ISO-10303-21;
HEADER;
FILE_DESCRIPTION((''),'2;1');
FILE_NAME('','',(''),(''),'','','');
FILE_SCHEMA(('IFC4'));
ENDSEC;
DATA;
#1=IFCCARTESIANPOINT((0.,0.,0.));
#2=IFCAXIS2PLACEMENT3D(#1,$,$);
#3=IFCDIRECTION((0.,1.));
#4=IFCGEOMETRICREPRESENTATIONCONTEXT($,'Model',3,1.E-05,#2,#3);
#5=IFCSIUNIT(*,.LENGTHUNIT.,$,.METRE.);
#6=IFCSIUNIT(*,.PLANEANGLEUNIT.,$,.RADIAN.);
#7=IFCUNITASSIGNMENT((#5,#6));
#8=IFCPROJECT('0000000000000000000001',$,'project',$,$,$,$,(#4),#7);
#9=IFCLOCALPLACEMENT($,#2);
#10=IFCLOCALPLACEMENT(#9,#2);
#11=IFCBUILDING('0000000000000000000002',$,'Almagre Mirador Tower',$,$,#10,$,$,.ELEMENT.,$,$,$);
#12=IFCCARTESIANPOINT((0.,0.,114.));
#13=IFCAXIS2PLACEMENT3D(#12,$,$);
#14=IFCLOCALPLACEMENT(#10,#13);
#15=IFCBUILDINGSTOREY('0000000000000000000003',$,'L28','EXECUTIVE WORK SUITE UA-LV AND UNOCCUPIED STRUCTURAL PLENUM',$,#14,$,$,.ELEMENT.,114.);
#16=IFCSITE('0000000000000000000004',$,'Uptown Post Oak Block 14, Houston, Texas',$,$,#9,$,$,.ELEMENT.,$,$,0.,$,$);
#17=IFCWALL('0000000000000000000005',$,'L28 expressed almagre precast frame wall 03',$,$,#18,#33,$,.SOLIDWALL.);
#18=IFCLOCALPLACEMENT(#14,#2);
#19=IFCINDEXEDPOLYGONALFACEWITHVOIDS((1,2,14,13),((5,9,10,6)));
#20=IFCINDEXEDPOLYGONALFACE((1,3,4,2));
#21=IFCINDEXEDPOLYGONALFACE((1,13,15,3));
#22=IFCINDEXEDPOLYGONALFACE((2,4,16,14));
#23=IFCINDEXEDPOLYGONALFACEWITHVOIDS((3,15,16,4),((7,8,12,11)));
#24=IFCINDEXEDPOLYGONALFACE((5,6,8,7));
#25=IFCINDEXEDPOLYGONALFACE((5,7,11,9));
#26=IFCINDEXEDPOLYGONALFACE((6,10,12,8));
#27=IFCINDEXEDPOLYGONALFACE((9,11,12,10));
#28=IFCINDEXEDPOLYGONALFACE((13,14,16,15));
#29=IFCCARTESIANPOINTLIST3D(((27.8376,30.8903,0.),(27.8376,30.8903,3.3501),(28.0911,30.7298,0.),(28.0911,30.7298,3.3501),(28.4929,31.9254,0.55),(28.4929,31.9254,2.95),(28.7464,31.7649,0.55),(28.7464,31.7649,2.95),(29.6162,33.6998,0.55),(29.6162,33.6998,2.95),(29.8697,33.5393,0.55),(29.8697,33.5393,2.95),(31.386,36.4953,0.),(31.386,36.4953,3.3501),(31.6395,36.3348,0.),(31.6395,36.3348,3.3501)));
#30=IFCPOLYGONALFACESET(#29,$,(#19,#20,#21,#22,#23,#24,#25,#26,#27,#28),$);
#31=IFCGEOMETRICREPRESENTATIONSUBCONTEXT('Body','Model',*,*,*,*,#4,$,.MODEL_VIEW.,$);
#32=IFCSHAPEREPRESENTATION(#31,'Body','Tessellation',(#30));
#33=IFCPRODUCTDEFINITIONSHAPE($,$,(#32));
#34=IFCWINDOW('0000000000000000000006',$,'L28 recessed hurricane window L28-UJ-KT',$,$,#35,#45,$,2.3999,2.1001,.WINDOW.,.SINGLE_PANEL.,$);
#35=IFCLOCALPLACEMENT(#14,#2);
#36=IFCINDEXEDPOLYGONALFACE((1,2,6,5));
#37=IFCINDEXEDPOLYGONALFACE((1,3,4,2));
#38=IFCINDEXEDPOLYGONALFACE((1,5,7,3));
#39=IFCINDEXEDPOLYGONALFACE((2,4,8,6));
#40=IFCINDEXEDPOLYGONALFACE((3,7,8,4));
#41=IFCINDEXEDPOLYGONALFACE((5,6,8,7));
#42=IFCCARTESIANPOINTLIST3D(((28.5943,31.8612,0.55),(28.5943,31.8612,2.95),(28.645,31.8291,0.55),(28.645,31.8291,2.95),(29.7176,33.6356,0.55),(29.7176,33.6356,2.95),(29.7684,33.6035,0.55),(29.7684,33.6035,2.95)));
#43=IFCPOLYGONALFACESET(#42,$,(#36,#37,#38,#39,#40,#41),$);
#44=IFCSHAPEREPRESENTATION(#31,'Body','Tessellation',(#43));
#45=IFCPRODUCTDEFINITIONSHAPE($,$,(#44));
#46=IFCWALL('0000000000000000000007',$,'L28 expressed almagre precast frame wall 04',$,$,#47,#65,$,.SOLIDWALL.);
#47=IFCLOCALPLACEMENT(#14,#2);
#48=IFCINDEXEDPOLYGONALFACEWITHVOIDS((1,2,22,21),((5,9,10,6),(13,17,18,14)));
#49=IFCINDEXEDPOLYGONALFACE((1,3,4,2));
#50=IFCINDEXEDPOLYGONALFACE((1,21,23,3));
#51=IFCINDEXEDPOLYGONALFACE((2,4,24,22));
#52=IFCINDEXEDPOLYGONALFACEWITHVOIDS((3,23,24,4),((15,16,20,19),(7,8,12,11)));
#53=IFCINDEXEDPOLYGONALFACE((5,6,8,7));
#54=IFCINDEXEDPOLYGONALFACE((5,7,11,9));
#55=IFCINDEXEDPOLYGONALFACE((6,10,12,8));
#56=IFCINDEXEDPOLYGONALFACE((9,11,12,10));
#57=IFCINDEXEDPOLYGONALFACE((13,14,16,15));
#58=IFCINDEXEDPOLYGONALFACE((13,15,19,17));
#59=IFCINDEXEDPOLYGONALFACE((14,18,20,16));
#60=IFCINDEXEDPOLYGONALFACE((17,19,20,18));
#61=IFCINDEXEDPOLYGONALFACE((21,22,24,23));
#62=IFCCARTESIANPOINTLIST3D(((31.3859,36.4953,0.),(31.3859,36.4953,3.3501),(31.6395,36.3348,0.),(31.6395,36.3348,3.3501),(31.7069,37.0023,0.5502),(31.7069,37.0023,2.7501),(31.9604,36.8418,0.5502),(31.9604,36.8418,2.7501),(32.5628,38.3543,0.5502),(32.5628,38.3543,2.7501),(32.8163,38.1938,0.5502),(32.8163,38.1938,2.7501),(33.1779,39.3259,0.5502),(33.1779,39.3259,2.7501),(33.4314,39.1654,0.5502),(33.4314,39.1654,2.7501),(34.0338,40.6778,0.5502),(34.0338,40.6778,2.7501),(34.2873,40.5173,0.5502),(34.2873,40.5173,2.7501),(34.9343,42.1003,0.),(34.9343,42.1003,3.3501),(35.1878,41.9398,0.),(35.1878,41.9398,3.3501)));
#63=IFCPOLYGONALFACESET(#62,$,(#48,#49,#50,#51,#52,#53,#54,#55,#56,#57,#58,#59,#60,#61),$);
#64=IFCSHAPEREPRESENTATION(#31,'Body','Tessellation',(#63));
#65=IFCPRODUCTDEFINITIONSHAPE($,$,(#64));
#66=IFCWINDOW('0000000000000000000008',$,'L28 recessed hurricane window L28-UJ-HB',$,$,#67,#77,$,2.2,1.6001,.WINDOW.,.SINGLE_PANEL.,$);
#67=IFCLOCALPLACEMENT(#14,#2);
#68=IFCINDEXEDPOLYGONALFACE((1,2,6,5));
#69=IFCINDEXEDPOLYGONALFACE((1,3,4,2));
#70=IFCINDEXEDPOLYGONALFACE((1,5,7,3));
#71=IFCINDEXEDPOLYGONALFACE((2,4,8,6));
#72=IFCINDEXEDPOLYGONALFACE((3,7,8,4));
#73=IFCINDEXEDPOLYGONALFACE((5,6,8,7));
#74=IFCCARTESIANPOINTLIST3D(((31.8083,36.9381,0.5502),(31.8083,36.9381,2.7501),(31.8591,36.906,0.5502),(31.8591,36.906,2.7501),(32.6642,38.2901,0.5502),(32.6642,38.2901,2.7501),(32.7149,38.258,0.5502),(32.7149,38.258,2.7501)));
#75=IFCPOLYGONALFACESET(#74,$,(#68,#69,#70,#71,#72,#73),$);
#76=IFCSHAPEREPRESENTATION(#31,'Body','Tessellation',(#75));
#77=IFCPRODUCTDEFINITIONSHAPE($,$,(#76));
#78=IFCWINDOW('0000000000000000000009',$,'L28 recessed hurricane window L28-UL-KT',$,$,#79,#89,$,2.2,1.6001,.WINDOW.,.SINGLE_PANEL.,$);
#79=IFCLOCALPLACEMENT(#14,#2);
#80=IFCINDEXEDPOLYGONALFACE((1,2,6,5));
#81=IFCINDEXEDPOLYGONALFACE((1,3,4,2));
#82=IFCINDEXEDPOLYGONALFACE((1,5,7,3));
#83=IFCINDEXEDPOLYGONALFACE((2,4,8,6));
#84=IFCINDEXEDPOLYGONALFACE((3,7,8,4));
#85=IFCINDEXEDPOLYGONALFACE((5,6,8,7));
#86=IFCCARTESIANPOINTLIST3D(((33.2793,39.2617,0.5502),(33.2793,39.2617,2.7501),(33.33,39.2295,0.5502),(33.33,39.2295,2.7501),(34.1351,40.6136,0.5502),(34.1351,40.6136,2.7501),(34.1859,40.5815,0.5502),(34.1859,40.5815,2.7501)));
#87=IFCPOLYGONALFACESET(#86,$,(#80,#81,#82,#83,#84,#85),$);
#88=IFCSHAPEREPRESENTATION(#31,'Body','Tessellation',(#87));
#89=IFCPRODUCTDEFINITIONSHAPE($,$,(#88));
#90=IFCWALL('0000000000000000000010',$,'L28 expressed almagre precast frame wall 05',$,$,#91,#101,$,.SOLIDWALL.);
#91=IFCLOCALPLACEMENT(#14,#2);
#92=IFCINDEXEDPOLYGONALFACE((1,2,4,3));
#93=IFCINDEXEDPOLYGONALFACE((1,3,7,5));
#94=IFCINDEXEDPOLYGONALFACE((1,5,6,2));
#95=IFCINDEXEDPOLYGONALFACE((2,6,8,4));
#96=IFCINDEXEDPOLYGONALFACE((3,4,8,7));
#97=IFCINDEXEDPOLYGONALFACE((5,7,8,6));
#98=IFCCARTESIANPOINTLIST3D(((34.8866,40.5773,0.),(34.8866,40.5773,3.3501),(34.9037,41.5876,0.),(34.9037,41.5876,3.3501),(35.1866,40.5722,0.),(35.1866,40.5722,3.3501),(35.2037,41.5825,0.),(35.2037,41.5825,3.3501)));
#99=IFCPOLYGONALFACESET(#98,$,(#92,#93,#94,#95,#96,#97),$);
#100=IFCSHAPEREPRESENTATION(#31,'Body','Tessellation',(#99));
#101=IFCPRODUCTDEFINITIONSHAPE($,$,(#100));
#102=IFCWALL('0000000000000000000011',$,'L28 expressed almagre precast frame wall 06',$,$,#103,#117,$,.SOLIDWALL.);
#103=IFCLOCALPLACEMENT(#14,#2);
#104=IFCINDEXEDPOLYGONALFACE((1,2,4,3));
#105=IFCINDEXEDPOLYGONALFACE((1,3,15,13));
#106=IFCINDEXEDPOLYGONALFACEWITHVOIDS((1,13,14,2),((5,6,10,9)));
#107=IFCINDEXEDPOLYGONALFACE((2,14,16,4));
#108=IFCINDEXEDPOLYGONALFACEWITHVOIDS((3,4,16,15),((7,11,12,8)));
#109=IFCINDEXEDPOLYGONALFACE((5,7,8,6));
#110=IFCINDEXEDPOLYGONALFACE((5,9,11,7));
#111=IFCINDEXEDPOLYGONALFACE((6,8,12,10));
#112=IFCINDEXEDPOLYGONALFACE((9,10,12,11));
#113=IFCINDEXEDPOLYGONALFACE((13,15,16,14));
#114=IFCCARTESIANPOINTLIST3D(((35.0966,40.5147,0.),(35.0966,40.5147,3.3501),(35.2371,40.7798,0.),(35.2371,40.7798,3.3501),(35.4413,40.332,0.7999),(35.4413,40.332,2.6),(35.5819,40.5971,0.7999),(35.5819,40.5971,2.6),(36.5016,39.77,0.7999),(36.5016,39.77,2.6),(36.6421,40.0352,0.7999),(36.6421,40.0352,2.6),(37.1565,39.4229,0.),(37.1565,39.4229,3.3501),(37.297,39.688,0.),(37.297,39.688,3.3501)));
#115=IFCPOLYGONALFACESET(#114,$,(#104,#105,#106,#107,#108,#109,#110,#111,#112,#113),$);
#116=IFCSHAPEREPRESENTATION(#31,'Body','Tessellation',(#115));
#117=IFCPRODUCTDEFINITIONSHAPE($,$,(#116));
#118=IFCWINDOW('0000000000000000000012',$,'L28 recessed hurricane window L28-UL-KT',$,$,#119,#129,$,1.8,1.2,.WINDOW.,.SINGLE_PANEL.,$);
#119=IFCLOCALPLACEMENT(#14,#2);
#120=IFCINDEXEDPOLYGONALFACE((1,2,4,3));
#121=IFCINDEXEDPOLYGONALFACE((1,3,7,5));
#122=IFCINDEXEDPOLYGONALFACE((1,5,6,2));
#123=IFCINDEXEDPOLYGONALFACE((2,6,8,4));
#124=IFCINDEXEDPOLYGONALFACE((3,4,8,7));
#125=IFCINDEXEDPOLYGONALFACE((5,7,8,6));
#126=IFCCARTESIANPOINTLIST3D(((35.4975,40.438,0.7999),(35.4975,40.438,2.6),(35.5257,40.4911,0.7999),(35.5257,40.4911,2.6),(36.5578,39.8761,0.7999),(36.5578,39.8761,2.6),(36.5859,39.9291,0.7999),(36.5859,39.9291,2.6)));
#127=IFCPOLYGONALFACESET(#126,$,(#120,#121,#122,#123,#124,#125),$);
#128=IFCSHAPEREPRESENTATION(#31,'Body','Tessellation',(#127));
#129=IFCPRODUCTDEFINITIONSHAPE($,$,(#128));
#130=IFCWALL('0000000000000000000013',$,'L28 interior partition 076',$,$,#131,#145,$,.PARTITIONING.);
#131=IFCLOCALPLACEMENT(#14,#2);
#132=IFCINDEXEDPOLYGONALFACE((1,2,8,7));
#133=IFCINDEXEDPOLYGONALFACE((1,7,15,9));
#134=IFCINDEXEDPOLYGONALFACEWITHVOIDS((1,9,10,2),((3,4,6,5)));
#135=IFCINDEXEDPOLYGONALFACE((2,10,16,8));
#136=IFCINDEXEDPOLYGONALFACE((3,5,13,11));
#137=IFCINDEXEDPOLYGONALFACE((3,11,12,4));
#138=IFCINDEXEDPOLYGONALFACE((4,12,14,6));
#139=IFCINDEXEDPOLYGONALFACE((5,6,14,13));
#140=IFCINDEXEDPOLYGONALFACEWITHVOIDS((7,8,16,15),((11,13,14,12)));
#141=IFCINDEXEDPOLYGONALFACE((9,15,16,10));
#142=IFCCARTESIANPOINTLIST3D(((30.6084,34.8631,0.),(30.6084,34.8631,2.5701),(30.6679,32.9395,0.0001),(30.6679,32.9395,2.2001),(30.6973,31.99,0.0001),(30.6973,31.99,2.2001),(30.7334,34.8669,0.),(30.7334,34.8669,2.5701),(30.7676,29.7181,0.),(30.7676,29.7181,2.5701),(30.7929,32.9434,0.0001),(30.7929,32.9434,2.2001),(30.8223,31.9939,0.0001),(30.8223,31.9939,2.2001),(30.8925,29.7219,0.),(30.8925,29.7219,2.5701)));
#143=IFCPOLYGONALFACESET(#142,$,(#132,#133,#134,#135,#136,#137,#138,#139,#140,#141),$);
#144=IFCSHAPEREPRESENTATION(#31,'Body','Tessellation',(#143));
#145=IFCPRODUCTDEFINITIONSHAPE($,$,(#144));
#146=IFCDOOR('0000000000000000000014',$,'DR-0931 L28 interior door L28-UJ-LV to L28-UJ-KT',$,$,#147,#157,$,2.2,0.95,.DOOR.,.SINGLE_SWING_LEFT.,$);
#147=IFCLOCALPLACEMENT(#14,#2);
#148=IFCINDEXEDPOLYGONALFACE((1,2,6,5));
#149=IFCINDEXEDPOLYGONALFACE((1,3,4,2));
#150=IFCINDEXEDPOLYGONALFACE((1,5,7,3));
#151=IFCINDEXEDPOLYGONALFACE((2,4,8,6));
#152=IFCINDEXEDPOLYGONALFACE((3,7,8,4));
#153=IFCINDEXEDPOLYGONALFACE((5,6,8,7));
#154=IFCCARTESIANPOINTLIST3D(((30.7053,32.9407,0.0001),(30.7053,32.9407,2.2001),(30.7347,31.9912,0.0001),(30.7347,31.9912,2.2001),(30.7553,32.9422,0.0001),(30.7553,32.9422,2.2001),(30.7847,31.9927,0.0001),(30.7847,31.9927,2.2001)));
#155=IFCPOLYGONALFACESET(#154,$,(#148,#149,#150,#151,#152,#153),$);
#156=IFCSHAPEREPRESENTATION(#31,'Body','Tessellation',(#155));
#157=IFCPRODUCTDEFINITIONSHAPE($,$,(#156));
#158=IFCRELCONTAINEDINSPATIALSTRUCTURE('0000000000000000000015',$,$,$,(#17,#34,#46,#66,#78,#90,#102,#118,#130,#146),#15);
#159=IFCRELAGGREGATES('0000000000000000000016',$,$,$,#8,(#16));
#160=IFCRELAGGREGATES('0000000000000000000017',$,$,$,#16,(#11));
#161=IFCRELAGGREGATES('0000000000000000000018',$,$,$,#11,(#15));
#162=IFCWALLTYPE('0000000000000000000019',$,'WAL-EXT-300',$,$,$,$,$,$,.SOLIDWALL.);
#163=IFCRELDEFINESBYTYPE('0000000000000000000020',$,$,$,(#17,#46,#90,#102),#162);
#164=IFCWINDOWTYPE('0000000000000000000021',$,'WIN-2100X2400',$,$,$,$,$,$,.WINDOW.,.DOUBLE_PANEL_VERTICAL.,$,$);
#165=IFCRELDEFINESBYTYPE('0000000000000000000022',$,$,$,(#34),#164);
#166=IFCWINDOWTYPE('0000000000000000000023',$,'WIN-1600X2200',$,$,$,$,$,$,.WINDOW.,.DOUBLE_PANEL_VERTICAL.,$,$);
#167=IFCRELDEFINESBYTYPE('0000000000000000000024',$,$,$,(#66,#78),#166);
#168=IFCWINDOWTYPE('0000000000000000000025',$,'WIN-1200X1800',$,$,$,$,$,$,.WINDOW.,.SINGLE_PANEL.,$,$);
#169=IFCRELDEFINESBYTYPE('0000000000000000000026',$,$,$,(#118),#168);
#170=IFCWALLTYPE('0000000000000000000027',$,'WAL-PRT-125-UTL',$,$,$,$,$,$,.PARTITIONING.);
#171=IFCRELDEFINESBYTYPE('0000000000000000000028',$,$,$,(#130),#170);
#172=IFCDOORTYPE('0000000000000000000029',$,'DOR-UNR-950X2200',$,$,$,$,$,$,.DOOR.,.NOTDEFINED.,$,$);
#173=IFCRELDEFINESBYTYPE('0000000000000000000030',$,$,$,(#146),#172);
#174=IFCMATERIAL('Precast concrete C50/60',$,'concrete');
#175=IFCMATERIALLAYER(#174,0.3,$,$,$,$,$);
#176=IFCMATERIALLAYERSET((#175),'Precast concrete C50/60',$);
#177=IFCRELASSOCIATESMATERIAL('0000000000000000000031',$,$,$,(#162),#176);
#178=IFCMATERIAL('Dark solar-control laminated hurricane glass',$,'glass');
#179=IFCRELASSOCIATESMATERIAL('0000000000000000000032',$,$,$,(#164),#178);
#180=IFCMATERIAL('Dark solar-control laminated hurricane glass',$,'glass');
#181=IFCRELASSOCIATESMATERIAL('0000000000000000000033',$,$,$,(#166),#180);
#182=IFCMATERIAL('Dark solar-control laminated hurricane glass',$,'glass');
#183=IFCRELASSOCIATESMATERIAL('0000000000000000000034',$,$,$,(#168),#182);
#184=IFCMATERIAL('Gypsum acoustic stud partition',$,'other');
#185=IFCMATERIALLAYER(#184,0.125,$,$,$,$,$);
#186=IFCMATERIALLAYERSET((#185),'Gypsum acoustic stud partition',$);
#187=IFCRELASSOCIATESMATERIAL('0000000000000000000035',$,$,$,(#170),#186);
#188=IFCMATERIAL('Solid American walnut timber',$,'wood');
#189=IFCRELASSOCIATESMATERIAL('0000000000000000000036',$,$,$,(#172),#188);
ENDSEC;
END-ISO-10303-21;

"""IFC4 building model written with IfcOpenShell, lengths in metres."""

from ifc_helpers import new_model, si_unit, direction, frame, frame_2d, origin, place, context, subcontext, project, spatial, rectangle, extrude, material, layer, layer_set, type_object, element, fill, save


model = new_model("IFC4")

# Units and contexts
model_context = context("Model", 3, precision=1e-05, world=origin(), true_north=direction((0.0, 1.0)))
body_context = subcontext(model_context, "Body", "Model", "MODEL_VIEW")
ifc_project = project(units=[si_unit("LENGTHUNIT", "METRE"), si_unit("PLANEANGLEUNIT", "RADIAN")], contexts=[model_context])

# Site, building, storey
site_placement = place(None, origin())
site = spatial("IfcSite", under=ifc_project, at=site_placement, Name="Uptown Post Oak Block 14, Houston, Texas", CompositionType="ELEMENT", RefElevation=0.0)
building_placement = place(site_placement, origin())
building = spatial("IfcBuilding", under=site, at=building_placement, Name="Almagre Mirador Tower", CompositionType="ELEMENT")
storey_placement = place(building_placement, frame((0.0, 0.0, 114.0)))
storey = spatial("IfcBuildingStorey", under=building, at=storey_placement, Name="L28", Description="EXECUTIVE WORK SUITE UA-LV AND UNOCCUPIED STRUCTURAL PLENUM", CompositionType="ELEMENT", Elevation=114.0)

# Wall, opening, window
ifc_material_1 = material(Name="Precast concrete C50/60", Category="concrete")
ifc_layer_1 = layer(ifc_material_1, 0.3)
ifc_layer_set_1 = layer_set([ifc_layer_1], Name="Precast concrete C50/60")
wall_type_1 = type_object("IfcWallType", Name="WAL-EXT-300", PredefinedType="SOLIDWALL", material=ifc_layer_set_1)
wall_1_placement = place(storey_placement, frame((27.9644, 30.8101, 0.0), z_axis=(0.0, 0.0, 1.0), x_axis=(0.534893, 0.84492, 0.0)))
wall_1 = element("IfcWall", 1, at=wall_1_placement, inside=storey, type_object=wall_type_1, Name="L28 expressed almagre precast frame wall 03", PredefinedType="SOLIDWALL", context=body_context, shape_type="SweptSolid", body=[
    extrude(rectangle(XDim=6.6338, YDim=0.3, at=frame_2d((3.3169, 0.0))), origin(), (0.0, 0.0, 1.0), 3.3501),
])
opening_1_placement = place(wall_1_placement, frame((1.2251, 0.0, 0.55)))
opening_1 = element("IfcOpeningElement", 2, at=opening_1_placement, cuts=wall_1, PredefinedType="OPENING", context=body_context, shape_type="SweptSolid", body=[
    extrude(rectangle(XDim=2.1001, YDim=2.3999, at=frame_2d((1.05, 1.2))), frame((0.0, 0.1599, 0.0), z_axis=(0.0, -1.0, 0.0), x_axis=(1.0, 0.0, 0.0)), (0.0, 0.0, 1.0), 0.32),
])
ifc_material_2 = material(Name="Dark solar-control laminated hurricane glass", Category="glass")
window_type_1 = type_object("IfcWindowType", Name="WIN-2100X2400", PartitioningType="DOUBLE_PANEL_VERTICAL", PredefinedType="WINDOW", material=ifc_material_2)
window_1_placement = place(opening_1_placement, origin())
window_1 = element("IfcWindow", 3, at=window_1_placement, inside=storey, type_object=window_type_1, Name="L28 recessed hurricane window L28-UJ-KT", OverallHeight=2.3999, OverallWidth=2.1001, PartitioningType="SINGLE_PANEL", PredefinedType="WINDOW", context=body_context, shape_type="SweptSolid", body=[
    extrude(rectangle(XDim=2.1001, YDim=2.3999, at=frame_2d((1.05, 1.2))), frame((0.0, 0.03, 0.0), z_axis=(0.0, -1.0, 0.0), x_axis=(1.0, 0.0, 0.0)), (0.0, 0.0, 1.0), 0.0601),
])
fill(opening_1, window_1)

# Wall, openings, windows
wall_2_placement = place(storey_placement, frame((31.5127, 36.415, 0.0), z_axis=(0.0, 0.0, 1.0), x_axis=(0.534893, 0.84492, 0.0)))
wall_2 = element("IfcWall", 4, at=wall_2_placement, inside=storey, type_object=wall_type_1, Name="L28 expressed almagre precast frame wall 04", PredefinedType="SOLIDWALL", context=body_context, shape_type="SweptSolid", body=[
    extrude(rectangle(XDim=6.6338, YDim=0.3, at=frame_2d((3.3169, 0.0))), origin(), (0.0, 0.0, 1.0), 3.3501),
])
opening_2_placement = place(wall_2_placement, frame((0.6001, 0.0, 0.55)))
opening_2 = element("IfcOpeningElement", 5, at=opening_2_placement, cuts=wall_2, PredefinedType="OPENING", context=body_context, shape_type="SweptSolid", body=[
    extrude(rectangle(XDim=1.6001, YDim=2.2, at=frame_2d((0.8, 1.1001))), frame((0.0, 0.1599, 0.0), z_axis=(0.0, -1.0, 0.0), x_axis=(1.0, 0.0, 0.0)), (0.0, 0.0, 1.0), 0.32),
])
opening_3_placement = place(wall_2_placement, frame((3.3501, 0.0, 0.55)))
opening_3 = element("IfcOpeningElement", 6, at=opening_3_placement, cuts=wall_2, PredefinedType="OPENING", context=body_context, shape_type="SweptSolid", body=[
    extrude(rectangle(XDim=1.6001, YDim=2.2, at=frame_2d((0.8, 1.1001))), frame((0.0, 0.1599, 0.0), z_axis=(0.0, -1.0, 0.0), x_axis=(1.0, 0.0, 0.0)), (0.0, 0.0, 1.0), 0.32),
])
ifc_material_3 = material(Name="Dark solar-control laminated hurricane glass", Category="glass")
window_type_2 = type_object("IfcWindowType", Name="WIN-1600X2200", PartitioningType="DOUBLE_PANEL_VERTICAL", PredefinedType="WINDOW", material=ifc_material_3)
window_2_placement = place(opening_2_placement, origin())
window_2 = element("IfcWindow", 7, at=window_2_placement, inside=storey, type_object=window_type_2, Name="L28 recessed hurricane window L28-UJ-HB", OverallHeight=2.2, OverallWidth=1.6001, PartitioningType="SINGLE_PANEL", PredefinedType="WINDOW", context=body_context, shape_type="SweptSolid", body=[
    extrude(rectangle(XDim=1.6001, YDim=2.2, at=frame_2d((0.8, 1.1001))), frame((0.0, 0.03, 0.0), z_axis=(0.0, -1.0, 0.0), x_axis=(1.0, 0.0, 0.0)), (0.0, 0.0, 1.0), 0.0601),
])
fill(opening_2, window_2)
window_3_placement = place(opening_3_placement, origin())
window_3 = element("IfcWindow", 8, at=window_3_placement, inside=storey, type_object=window_type_2, Name="L28 recessed hurricane window L28-UL-KT", OverallHeight=2.2, OverallWidth=1.6001, PartitioningType="SINGLE_PANEL", PredefinedType="WINDOW", context=body_context, shape_type="SweptSolid", body=[
    extrude(rectangle(XDim=1.6001, YDim=2.2, at=frame_2d((0.8, 1.1001))), frame((0.0, 0.03, 0.0), z_axis=(0.0, -1.0, 0.0), x_axis=(1.0, 0.0, 0.0)), (0.0, 0.0, 1.0), 0.0601),
])
fill(opening_3, window_3)

# Wall
wall_3_placement = place(storey_placement, frame((35.0537, 41.5852, 0.0), z_axis=(0.0, 0.0, 1.0), x_axis=(-0.016914, -0.999857, 0.0)))
element("IfcWall", 9, at=wall_3_placement, inside=storey, type_object=wall_type_1, Name="L28 expressed almagre precast frame wall 05", PredefinedType="SOLIDWALL", context=body_context, shape_type="SweptSolid", body=[
    extrude(rectangle(XDim=1.0105, YDim=0.3, at=frame_2d((0.5054, 0.0))), origin(), (0.0, 0.0, 1.0), 3.3501),
])

# Wall, opening, window
wall_4_placement = place(storey_placement, frame((35.167, 40.6472, 0.0), z_axis=(0.0, 0.0, 1.0), x_axis=(0.883556, -0.468326, 0.0)))
wall_4 = element("IfcWall", 10, at=wall_4_placement, inside=storey, type_object=wall_type_1, Name="L28 expressed almagre precast frame wall 06", PredefinedType="SOLIDWALL", context=body_context, shape_type="SweptSolid", body=[
    extrude(rectangle(XDim=2.3313, YDim=0.3, at=frame_2d((1.1655, 0.0))), origin(), (0.0, 0.0, 1.0), 3.3501),
])
opening_4_placement = place(wall_4_placement, frame((0.3899, 0.0, 0.8)))
opening_4 = element("IfcOpeningElement", 11, at=opening_4_placement, cuts=wall_4, PredefinedType="OPENING", context=body_context, shape_type="SweptSolid", body=[
    extrude(rectangle(XDim=1.2, YDim=1.8, at=frame_2d((0.6001, 0.8999))), frame((0.0, 0.1599, 0.0), z_axis=(0.0, -1.0, 0.0), x_axis=(1.0, 0.0, 0.0)), (0.0, 0.0, 1.0), 0.32),
])
ifc_material_4 = material(Name="Dark solar-control laminated hurricane glass", Category="glass")
window_type_3 = type_object("IfcWindowType", Name="WIN-1200X1800", PartitioningType="SINGLE_PANEL", PredefinedType="WINDOW", material=ifc_material_4)
window_4_placement = place(opening_4_placement, origin())
window_4 = element("IfcWindow", 12, at=window_4_placement, inside=storey, type_object=window_type_3, Name="L28 recessed hurricane window L28-UL-KT", OverallHeight=1.8, OverallWidth=1.2, PartitioningType="SINGLE_PANEL", PredefinedType="WINDOW", context=body_context, shape_type="SweptSolid", body=[
    extrude(rectangle(XDim=1.2, YDim=1.8, at=frame_2d((0.6001, 0.8999))), frame((0.0, 0.03, 0.0), z_axis=(0.0, -1.0, 0.0), x_axis=(1.0, 0.0, 0.0)), (0.0, 0.0, 1.0), 0.0601),
])
fill(opening_4, window_4)

# Wall, opening, door
ifc_material_5 = material(Name="Gypsum acoustic stud partition", Category="other")
ifc_layer_2 = layer(ifc_material_5, 0.125)
ifc_layer_set_2 = layer_set([ifc_layer_2], Name="Gypsum acoustic stud partition")
wall_type_2 = type_object("IfcWallType", Name="WAL-PRT-125-UTL", PredefinedType="PARTITIONING", material=ifc_layer_set_2)
wall_5_placement = place(storey_placement, frame((30.6709, 34.865, 0.0), z_axis=(0.0, 0.0, 1.0), x_axis=(0.030924, -0.999522, 0.0)))
wall_5 = element("IfcWall", 13, at=wall_5_placement, inside=storey, type_object=wall_type_2, Name="L28 interior partition 076", PredefinedType="PARTITIONING", context=body_context, shape_type="SweptSolid", body=[
    extrude(rectangle(XDim=5.1475, YDim=0.125, at=frame_2d((2.5737, 0.0))), origin(), (0.0, 0.0, 1.0), 2.5701),
])
opening_5_placement = place(wall_5_placement, frame((1.9243, 0.0, 0.0)))
opening_5 = element("IfcOpeningElement", 14, at=opening_5_placement, cuts=wall_5, PredefinedType="OPENING", context=body_context, shape_type="SweptSolid", body=[
    extrude(rectangle(XDim=0.95, YDim=2.2, at=frame_2d((0.4751, 1.1001))), frame((0.0, 0.0725, 0.0), z_axis=(0.0, -1.0, 0.0), x_axis=(1.0, 0.0, 0.0)), (0.0, 0.0, 1.0), 0.145),
])
ifc_material_6 = material(Name="Solid American walnut timber", Category="wood")
door_type = type_object("IfcDoorType", Name="DOR-UNR-950X2200", OperationType="NOTDEFINED", PredefinedType="DOOR", material=ifc_material_6)
door_placement = place(opening_5_placement, origin())
door = element("IfcDoor", 15, at=door_placement, inside=storey, type_object=door_type, Name="DR-0931 L28 interior door L28-UJ-LV to L28-UJ-KT", OperationType="SINGLE_SWING_LEFT", OverallHeight=2.2, OverallWidth=0.95, PredefinedType="DOOR", context=body_context, shape_type="SweptSolid", body=[
    extrude(rectangle(XDim=0.95, YDim=2.2, at=frame_2d((0.4751, 1.1001))), frame((0.0, 0.0249, 0.0), z_axis=(0.0, -1.0, 0.0), x_axis=(1.0, 0.0, 0.0)), (0.0, 0.0, 1.0), 0.05),
])
fill(opening_5, door)

save(model, "model.ifc")
